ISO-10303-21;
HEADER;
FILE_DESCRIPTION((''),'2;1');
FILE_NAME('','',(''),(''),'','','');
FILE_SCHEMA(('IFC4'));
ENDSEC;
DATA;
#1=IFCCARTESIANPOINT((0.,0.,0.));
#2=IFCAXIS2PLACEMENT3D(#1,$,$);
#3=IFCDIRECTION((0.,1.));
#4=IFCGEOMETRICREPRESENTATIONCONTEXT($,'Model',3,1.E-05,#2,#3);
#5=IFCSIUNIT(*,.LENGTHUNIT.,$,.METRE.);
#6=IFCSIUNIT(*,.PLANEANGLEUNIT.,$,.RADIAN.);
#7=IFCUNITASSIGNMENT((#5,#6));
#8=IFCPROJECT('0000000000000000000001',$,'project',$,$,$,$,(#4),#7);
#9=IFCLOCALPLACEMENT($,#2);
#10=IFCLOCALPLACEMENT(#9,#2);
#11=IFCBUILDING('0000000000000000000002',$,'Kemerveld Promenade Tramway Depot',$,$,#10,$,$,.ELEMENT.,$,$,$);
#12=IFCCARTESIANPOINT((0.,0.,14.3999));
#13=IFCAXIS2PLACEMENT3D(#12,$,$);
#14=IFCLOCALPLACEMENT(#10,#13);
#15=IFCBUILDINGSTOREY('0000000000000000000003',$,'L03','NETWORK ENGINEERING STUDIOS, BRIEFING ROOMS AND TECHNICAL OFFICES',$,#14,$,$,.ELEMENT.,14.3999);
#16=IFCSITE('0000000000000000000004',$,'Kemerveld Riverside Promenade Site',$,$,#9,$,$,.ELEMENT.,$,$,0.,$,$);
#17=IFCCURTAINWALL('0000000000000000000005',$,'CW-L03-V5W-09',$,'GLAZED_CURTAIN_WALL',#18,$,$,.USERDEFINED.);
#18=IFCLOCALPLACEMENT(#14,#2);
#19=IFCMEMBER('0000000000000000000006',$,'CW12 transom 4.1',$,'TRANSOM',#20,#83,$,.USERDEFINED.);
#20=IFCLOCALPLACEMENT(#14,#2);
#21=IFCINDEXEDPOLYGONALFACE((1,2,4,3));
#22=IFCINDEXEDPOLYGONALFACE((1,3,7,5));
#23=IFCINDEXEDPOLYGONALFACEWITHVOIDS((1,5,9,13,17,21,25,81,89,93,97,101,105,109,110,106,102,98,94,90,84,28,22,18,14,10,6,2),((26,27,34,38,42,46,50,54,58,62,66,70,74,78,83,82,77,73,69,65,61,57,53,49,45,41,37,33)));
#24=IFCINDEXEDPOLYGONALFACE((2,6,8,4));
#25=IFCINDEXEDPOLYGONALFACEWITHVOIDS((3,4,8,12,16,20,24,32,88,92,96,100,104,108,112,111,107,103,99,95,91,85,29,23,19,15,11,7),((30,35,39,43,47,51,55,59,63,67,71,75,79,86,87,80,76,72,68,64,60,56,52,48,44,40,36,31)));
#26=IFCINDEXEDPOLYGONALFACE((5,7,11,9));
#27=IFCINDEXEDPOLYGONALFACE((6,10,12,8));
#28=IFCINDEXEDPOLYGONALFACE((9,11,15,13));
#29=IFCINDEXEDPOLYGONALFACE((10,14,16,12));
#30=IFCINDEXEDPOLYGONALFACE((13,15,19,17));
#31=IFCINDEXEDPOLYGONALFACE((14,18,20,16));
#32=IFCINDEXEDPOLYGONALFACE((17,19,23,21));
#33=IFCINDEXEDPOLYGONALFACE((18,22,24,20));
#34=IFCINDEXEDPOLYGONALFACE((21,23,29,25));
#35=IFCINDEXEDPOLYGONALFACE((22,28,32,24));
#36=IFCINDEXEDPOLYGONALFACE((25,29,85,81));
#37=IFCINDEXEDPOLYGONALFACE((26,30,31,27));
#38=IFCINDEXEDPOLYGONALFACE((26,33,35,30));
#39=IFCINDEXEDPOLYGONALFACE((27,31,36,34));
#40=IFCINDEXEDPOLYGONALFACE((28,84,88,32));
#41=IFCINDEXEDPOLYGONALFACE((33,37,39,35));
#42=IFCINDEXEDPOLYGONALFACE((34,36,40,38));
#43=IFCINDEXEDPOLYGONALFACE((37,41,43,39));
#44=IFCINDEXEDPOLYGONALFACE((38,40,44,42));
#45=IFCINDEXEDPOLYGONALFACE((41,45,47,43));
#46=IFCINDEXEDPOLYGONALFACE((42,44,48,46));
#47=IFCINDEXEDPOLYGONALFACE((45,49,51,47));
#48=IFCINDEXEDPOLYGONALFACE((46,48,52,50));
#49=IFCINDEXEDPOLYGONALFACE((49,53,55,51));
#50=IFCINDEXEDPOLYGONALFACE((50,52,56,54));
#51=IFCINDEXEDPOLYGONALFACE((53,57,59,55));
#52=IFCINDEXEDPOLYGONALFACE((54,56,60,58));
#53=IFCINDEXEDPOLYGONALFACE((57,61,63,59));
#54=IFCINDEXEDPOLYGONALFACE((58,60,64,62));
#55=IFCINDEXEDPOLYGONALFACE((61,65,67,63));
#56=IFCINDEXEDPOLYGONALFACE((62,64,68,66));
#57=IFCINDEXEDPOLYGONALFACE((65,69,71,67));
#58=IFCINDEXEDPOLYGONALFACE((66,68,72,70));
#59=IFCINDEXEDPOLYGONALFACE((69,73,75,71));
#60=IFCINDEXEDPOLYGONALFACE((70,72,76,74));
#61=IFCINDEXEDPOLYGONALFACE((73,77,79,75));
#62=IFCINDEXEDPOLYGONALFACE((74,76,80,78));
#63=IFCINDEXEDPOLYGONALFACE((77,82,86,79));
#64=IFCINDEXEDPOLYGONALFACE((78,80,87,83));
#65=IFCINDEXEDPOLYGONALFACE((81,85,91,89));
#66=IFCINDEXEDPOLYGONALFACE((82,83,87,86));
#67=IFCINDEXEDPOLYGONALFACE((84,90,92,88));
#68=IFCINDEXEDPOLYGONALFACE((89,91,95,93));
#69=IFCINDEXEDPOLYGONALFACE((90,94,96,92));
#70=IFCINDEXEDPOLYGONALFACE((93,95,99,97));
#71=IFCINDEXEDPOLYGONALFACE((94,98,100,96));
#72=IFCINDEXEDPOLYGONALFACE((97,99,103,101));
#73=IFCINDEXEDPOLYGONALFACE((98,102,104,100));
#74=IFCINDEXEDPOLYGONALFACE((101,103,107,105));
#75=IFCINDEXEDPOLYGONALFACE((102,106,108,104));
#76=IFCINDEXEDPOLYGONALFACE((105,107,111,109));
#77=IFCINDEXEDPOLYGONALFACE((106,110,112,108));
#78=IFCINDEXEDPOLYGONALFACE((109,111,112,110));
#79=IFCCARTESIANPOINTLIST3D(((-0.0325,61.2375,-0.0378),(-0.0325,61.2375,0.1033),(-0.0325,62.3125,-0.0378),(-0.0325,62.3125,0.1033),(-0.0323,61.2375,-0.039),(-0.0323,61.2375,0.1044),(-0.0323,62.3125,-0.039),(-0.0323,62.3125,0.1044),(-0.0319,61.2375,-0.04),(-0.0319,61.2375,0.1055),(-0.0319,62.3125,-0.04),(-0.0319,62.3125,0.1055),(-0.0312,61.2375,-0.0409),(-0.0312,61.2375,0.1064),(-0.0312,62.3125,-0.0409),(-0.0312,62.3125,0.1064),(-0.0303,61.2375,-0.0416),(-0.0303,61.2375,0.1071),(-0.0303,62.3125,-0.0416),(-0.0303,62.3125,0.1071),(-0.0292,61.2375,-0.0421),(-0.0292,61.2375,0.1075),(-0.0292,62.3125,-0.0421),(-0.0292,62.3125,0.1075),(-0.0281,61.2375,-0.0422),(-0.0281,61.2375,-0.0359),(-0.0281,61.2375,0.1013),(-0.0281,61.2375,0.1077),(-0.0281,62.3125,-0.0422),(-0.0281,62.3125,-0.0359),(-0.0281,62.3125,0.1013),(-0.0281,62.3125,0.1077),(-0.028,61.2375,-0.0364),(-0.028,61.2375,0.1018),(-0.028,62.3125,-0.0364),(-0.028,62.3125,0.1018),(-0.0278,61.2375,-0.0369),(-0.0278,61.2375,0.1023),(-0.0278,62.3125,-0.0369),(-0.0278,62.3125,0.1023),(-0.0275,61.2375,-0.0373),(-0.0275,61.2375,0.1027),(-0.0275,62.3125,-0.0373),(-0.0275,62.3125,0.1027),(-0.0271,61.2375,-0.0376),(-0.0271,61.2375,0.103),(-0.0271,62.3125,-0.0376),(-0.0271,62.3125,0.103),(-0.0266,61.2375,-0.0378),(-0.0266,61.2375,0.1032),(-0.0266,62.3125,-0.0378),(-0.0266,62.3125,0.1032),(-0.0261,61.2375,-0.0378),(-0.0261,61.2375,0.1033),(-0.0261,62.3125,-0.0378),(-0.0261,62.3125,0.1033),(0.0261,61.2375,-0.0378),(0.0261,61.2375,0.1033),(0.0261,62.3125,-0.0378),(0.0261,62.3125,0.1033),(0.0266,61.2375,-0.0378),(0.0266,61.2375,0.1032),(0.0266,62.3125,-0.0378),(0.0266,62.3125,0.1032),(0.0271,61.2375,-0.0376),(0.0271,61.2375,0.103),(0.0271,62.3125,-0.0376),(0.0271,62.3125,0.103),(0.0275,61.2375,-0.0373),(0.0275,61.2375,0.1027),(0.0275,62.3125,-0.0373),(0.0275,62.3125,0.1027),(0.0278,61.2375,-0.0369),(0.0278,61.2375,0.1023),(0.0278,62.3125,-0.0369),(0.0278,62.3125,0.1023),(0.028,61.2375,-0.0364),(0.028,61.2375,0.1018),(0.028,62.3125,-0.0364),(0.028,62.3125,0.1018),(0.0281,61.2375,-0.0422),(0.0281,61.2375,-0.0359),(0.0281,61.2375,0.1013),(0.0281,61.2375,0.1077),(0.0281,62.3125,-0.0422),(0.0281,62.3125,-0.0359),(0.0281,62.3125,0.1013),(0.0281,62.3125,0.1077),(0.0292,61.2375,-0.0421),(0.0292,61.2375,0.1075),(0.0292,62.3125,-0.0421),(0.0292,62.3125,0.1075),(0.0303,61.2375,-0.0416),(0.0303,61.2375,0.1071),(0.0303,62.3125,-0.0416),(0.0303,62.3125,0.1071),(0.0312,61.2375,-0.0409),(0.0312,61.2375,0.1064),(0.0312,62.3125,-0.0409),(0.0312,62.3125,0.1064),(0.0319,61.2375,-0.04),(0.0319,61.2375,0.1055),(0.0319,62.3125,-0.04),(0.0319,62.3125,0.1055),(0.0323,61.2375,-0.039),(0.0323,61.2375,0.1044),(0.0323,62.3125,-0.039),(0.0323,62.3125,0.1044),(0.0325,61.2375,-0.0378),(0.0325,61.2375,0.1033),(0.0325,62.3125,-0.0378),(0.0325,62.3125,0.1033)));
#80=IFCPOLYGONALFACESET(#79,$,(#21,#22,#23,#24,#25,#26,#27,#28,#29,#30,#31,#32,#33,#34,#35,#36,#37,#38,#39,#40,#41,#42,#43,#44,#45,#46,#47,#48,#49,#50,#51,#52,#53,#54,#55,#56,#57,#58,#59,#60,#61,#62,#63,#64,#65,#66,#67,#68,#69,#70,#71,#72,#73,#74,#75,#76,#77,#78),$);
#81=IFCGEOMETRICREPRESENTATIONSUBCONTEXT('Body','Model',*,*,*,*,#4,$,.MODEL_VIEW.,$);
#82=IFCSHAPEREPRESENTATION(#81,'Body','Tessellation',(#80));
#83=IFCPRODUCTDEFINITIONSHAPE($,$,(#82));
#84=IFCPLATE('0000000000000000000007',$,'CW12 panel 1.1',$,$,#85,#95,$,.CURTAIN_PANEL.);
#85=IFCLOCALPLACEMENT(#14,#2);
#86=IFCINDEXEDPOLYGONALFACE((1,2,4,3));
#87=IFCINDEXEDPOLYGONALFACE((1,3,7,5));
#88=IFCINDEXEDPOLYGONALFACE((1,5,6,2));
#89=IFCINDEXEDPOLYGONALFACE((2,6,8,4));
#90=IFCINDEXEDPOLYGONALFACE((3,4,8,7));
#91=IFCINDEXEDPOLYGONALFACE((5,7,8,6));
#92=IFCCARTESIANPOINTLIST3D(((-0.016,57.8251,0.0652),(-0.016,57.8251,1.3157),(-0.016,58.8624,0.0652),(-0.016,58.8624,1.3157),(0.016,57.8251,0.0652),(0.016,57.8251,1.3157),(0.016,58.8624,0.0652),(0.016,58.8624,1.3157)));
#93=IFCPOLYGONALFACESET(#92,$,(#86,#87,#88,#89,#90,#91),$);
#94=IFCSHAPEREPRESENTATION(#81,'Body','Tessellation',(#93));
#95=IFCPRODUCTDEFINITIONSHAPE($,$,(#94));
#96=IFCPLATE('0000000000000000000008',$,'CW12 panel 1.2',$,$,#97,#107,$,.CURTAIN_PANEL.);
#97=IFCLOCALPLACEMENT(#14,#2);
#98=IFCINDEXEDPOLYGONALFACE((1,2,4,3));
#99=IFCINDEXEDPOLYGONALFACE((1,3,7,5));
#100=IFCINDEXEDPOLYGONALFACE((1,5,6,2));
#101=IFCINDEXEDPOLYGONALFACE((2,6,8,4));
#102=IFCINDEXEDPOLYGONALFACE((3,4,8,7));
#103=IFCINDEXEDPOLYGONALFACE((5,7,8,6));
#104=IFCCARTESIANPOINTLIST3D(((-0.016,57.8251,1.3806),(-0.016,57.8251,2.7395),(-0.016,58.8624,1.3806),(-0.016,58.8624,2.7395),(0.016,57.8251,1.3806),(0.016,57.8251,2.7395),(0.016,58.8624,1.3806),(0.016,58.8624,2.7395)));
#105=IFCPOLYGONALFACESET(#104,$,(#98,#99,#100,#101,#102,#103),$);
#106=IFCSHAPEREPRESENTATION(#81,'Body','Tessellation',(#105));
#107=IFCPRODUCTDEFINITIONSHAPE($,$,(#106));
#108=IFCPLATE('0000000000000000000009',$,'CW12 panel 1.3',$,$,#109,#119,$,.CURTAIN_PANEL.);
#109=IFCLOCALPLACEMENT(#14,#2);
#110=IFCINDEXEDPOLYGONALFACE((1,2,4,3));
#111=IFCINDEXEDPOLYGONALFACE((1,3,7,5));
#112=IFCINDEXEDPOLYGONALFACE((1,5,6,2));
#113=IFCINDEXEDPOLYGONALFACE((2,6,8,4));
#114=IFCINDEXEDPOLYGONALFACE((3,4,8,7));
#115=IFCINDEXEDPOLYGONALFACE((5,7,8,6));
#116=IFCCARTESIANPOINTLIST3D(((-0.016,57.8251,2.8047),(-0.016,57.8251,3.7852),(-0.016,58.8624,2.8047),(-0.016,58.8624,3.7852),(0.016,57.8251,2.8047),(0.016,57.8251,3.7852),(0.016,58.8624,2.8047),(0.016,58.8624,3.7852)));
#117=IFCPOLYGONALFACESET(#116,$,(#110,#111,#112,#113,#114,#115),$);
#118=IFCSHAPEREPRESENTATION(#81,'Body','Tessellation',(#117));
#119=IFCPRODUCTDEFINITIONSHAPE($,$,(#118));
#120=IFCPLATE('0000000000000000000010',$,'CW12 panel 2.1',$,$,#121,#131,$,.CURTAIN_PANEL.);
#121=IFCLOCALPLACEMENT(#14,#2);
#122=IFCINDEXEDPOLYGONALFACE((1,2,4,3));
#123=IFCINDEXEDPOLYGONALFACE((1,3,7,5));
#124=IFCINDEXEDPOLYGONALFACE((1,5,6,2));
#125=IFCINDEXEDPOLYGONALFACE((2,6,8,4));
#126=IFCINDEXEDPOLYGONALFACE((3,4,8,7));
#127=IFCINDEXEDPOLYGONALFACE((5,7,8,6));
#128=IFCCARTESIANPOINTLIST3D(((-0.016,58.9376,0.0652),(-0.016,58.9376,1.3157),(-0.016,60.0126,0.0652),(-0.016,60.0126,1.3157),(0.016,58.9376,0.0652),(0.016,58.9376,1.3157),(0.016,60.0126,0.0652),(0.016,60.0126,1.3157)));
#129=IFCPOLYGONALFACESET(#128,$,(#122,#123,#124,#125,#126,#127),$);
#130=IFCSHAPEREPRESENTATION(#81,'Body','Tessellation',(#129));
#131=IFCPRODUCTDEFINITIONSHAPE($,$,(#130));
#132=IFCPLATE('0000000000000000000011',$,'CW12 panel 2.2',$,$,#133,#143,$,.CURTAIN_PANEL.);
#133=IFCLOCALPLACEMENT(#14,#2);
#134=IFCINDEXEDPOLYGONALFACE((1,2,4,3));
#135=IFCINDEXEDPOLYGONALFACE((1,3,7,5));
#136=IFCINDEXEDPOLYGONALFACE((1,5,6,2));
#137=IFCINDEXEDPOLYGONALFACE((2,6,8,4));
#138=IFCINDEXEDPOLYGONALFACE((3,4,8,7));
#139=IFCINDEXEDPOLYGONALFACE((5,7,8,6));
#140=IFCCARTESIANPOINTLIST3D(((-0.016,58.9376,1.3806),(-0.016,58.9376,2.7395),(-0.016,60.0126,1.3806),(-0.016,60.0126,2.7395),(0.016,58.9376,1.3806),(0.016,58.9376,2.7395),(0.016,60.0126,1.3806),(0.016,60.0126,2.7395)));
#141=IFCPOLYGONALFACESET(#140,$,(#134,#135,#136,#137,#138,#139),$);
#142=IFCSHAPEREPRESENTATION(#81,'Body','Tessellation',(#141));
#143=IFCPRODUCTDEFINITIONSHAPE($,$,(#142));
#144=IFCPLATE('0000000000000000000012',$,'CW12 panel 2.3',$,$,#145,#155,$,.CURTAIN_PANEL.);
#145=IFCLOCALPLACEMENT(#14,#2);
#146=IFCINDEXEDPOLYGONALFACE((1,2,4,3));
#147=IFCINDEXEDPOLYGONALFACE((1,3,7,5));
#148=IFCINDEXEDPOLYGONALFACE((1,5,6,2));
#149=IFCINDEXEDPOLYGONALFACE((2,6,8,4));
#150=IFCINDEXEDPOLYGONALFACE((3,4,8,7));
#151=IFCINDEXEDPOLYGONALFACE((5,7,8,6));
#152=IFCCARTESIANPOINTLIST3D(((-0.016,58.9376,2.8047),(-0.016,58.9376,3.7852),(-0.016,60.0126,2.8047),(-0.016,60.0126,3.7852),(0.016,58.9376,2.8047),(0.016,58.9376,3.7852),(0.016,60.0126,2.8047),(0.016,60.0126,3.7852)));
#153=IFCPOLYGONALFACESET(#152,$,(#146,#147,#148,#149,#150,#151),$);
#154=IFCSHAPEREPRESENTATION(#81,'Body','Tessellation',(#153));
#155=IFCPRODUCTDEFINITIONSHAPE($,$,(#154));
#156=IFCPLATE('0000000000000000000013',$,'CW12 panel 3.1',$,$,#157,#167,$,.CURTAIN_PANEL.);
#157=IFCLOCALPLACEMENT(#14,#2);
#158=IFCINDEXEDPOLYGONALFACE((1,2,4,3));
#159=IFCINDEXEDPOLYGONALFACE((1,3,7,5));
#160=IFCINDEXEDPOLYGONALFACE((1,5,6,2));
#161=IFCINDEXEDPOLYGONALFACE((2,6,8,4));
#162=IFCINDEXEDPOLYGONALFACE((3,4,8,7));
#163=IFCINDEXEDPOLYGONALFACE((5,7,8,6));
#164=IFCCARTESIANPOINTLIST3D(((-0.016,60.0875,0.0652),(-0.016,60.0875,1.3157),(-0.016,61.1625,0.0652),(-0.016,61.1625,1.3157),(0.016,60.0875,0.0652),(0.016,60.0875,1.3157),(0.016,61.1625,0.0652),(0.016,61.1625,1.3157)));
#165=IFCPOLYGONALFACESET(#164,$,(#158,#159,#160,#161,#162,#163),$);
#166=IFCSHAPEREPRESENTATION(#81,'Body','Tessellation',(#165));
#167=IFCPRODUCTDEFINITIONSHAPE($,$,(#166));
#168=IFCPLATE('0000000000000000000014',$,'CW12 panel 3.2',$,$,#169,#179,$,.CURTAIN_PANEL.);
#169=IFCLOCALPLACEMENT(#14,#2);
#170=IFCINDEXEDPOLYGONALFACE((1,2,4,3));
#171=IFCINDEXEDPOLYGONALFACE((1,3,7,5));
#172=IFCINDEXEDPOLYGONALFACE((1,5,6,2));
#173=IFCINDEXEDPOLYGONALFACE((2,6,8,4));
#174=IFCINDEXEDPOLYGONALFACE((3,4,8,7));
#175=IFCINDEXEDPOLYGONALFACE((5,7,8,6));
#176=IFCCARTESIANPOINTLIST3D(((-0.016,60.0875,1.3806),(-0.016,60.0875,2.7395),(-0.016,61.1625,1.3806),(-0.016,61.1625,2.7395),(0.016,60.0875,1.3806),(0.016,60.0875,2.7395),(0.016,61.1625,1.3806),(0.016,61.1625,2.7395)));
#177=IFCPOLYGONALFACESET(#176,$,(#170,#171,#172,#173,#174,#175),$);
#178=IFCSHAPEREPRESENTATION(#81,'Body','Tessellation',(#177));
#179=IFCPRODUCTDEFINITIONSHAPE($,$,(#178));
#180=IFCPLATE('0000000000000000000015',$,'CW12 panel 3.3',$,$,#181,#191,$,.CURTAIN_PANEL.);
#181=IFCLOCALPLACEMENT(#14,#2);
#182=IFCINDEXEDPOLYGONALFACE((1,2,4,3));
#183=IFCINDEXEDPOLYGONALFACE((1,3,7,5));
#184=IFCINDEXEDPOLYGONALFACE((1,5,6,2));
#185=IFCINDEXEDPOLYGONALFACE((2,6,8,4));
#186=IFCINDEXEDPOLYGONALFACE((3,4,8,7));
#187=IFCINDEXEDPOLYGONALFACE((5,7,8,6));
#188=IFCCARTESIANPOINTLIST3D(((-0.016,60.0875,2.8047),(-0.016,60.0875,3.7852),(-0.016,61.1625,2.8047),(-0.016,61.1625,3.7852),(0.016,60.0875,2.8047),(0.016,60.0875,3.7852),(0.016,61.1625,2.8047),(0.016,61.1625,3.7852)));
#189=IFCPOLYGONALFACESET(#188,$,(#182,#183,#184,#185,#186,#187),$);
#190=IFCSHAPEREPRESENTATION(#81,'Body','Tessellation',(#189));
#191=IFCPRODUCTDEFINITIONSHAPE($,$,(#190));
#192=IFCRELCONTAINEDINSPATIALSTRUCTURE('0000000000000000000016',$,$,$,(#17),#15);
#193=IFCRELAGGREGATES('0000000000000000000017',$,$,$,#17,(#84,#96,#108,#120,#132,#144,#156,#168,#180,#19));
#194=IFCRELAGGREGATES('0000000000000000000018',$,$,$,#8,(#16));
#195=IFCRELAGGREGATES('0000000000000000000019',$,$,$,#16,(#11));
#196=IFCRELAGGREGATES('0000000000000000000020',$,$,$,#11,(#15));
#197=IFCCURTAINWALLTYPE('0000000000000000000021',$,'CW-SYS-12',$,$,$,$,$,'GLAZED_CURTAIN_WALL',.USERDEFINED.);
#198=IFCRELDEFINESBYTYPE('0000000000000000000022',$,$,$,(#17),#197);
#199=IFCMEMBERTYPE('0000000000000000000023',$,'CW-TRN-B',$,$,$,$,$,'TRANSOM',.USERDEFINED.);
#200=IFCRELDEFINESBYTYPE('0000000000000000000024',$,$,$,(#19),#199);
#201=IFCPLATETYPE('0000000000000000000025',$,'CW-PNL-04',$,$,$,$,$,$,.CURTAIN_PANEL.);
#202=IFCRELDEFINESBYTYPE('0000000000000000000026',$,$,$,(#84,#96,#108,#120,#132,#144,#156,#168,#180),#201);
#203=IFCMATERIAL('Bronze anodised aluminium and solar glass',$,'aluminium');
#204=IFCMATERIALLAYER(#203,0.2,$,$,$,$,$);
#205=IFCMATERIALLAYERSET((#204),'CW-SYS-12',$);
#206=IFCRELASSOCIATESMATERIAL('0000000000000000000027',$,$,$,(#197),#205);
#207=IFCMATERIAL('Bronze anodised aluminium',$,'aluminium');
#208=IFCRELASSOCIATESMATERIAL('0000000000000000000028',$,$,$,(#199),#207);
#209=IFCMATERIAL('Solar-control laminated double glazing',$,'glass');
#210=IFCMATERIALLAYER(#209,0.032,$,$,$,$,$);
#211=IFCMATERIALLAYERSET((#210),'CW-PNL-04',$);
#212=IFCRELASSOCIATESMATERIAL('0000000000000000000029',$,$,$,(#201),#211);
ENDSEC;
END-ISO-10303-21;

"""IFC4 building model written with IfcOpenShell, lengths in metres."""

from ifc_helpers import new_model, si_unit, direction, frame, origin, origin_2d, place, context, subcontext, project, spatial, rectangle, hollow_rectangle, extrude, material, layer, layer_set, material_profile, profile_set, type_object, element, aggregate, save


model = new_model("IFC4")

# Units and contexts
model_context = context("Model", 3, precision=1e-05, world=origin(), true_north=direction((0.0, 1.0)))
body_context = subcontext(model_context, "Body", "Model", "MODEL_VIEW")
ifc_project = project(units=[si_unit("LENGTHUNIT", "METRE"), si_unit("PLANEANGLEUNIT", "RADIAN")], contexts=[model_context])

# Site, building, storey
site_placement = place(None, origin())
site = spatial("IfcSite", under=ifc_project, at=site_placement, Name="Kemerveld Riverside Promenade Site", CompositionType="ELEMENT", RefElevation=0.0)
building_placement = place(site_placement, origin())
building = spatial("IfcBuilding", under=site, at=building_placement, Name="Kemerveld Promenade Tramway Depot", CompositionType="ELEMENT")
storey_placement = place(building_placement, frame((0.0, 0.0, 14.3999)))
storey = spatial("IfcBuildingStorey", under=building, at=storey_placement, Name="L03", Description="NETWORK ENGINEERING STUDIOS, BRIEFING ROOMS AND TECHNICAL OFFICES", CompositionType="ELEMENT", Elevation=14.3999)

# Curtain wall, member, plates
ifc_material_1 = material(Name="Bronze anodised aluminium and solar glass", Category="aluminium")
ifc_layer_1 = layer(ifc_material_1, 0.2)
ifc_layer_set_1 = layer_set([ifc_layer_1], Name="CW-SYS-12")
curtain_wall_type = type_object("IfcCurtainWallType", Name="CW-SYS-12", ElementType="GLAZED_CURTAIN_WALL", PredefinedType="USERDEFINED", material=ifc_layer_set_1)
curtain_wall_placement = place(storey_placement, origin())
curtain_wall = element("IfcCurtainWall", 1, at=curtain_wall_placement, inside=storey, type_object=curtain_wall_type, Name="CW-L03-V5W-09", ObjectType="GLAZED_CURTAIN_WALL", PredefinedType="USERDEFINED")
ifc_material_2 = material(Name="Bronze anodised aluminium", Category="aluminium")
ifc_material_profile_1 = material_profile(ifc_material_2, hollow_rectangle(XDim=0.0649, YDim=0.1499, WallThickness=0.0044, InnerFilletRadius=0.002, OuterFilletRadius=0.0044, at=origin_2d()), Name="CW-TRN-150x65")
ifc_profile_set_1 = profile_set([ifc_material_profile_1], Name="Bronze anodised aluminium")
member_type_1 = type_object("IfcMemberType", Name="CW-TRN-B", ElementType="TRANSOM", PredefinedType="USERDEFINED", material=ifc_profile_set_1)
member_1_placement = place(storey_placement, frame((0.0, 61.2375, 0.0327), z_axis=(0.0, 1.0, 0.0), x_axis=(-1.0, 0.0, 0.0)))
member_1 = element("IfcMember", 2, at=member_1_placement, type_object=member_type_1, Name="CW12 transom 4.1", ObjectType="TRANSOM", PredefinedType="USERDEFINED", context=body_context, shape_type="SweptSolid", body=[
    extrude(hollow_rectangle(XDim=0.0649, YDim=0.1499, WallThickness=0.0044, InnerFilletRadius=0.002, OuterFilletRadius=0.0044, at=origin_2d()), origin(), (0.0, 0.0, 1.0), 1.075),
])
ifc_material_3 = material(Name="Solar-control laminated double glazing", Category="glass")
ifc_layer_2 = layer(ifc_material_3, 0.032)
ifc_layer_set_2 = layer_set([ifc_layer_2], Name="CW-PNL-04")
plate_type = type_object("IfcPlateType", Name="CW-PNL-04", PredefinedType="CURTAIN_PANEL", material=ifc_layer_set_2)
plate_1_placement = place(storey_placement, frame((0.0, 58.3438, 0.0652), z_axis=(0.0, 0.0, 1.0), x_axis=(0.0, 1.0, 0.0)))
plate_1 = element("IfcPlate", 3, at=plate_1_placement, type_object=plate_type, Name="CW12 panel 1.1", PredefinedType="CURTAIN_PANEL", context=body_context, shape_type="SweptSolid", body=[
    extrude(rectangle(XDim=1.0374, YDim=0.032, at=origin_2d()), origin(), (0.0, 0.0, 1.0), 1.2505),
])
plate_2_placement = place(storey_placement, frame((0.0, 58.3438, 1.3806), z_axis=(0.0, 0.0, 1.0), x_axis=(0.0, 1.0, 0.0)))
plate_2 = element("IfcPlate", 4, at=plate_2_placement, type_object=plate_type, Name="CW12 panel 1.2", PredefinedType="CURTAIN_PANEL", context=body_context, shape_type="SweptSolid", body=[
    extrude(rectangle(XDim=1.0374, YDim=0.032, at=origin_2d()), origin(), (0.0, 0.0, 1.0), 1.3589),
])
plate_3_placement = place(storey_placement, frame((0.0, 58.3438, 2.8047), z_axis=(0.0, 0.0, 1.0), x_axis=(0.0, 1.0, 0.0)))
plate_3 = element("IfcPlate", 5, at=plate_3_placement, type_object=plate_type, Name="CW12 panel 1.3", PredefinedType="CURTAIN_PANEL", context=body_context, shape_type="SweptSolid", body=[
    extrude(rectangle(XDim=1.0374, YDim=0.032, at=origin_2d()), origin(), (0.0, 0.0, 1.0), 0.9805),
])
plate_4_placement = place(storey_placement, frame((0.0, 59.4751, 0.0652), z_axis=(0.0, 0.0, 1.0), x_axis=(0.0, 1.0, 0.0)))
plate_4 = element("IfcPlate", 6, at=plate_4_placement, type_object=plate_type, Name="CW12 panel 2.1", PredefinedType="CURTAIN_PANEL", context=body_context, shape_type="SweptSolid", body=[
    extrude(rectangle(XDim=1.075, YDim=0.032, at=origin_2d()), origin(), (0.0, 0.0, 1.0), 1.2505),
])
plate_5_placement = place(storey_placement, frame((0.0, 59.4751, 1.3806), z_axis=(0.0, 0.0, 1.0), x_axis=(0.0, 1.0, 0.0)))
plate_5 = element("IfcPlate", 7, at=plate_5_placement, type_object=plate_type, Name="CW12 panel 2.2", PredefinedType="CURTAIN_PANEL", context=body_context, shape_type="SweptSolid", body=[
    extrude(rectangle(XDim=1.075, YDim=0.032, at=origin_2d()), origin(), (0.0, 0.0, 1.0), 1.3589),
])
plate_6_placement = place(storey_placement, frame((0.0, 59.4751, 2.8047), z_axis=(0.0, 0.0, 1.0), x_axis=(0.0, 1.0, 0.0)))
plate_6 = element("IfcPlate", 8, at=plate_6_placement, type_object=plate_type, Name="CW12 panel 2.3", PredefinedType="CURTAIN_PANEL", context=body_context, shape_type="SweptSolid", body=[
    extrude(rectangle(XDim=1.075, YDim=0.032, at=origin_2d()), origin(), (0.0, 0.0, 1.0), 0.9805),
])
plate_7_placement = place(storey_placement, frame((0.0, 60.625, 0.0652), z_axis=(0.0, 0.0, 1.0), x_axis=(0.0, 1.0, 0.0)))
plate_7 = element("IfcPlate", 9, at=plate_7_placement, type_object=plate_type, Name="CW12 panel 3.1", PredefinedType="CURTAIN_PANEL", context=body_context, shape_type="SweptSolid", body=[
    extrude(rectangle(XDim=1.075, YDim=0.032, at=origin_2d()), origin(), (0.0, 0.0, 1.0), 1.2505),
])
plate_8_placement = place(storey_placement, frame((0.0, 60.625, 1.3806), z_axis=(0.0, 0.0, 1.0), x_axis=(0.0, 1.0, 0.0)))
plate_8 = element("IfcPlate", 10, at=plate_8_placement, type_object=plate_type, Name="CW12 panel 3.2", PredefinedType="CURTAIN_PANEL", context=body_context, shape_type="SweptSolid", body=[
    extrude(rectangle(XDim=1.075, YDim=0.032, at=origin_2d()), origin(), (0.0, 0.0, 1.0), 1.3589),
])
plate_9_placement = place(storey_placement, frame((0.0, 60.625, 2.8047), z_axis=(0.0, 0.0, 1.0), x_axis=(0.0, 1.0, 0.0)))
plate_9 = element("IfcPlate", 11, at=plate_9_placement, type_object=plate_type, Name="CW12 panel 3.3", PredefinedType="CURTAIN_PANEL", context=body_context, shape_type="SweptSolid", body=[
    extrude(rectangle(XDim=1.075, YDim=0.032, at=origin_2d()), origin(), (0.0, 0.0, 1.0), 0.9805),
])
aggregate(curtain_wall, [plate_1, plate_2, plate_3, plate_4, plate_5, plate_6, plate_7, plate_8, plate_9, member_1])

save(model, "model.ifc")
